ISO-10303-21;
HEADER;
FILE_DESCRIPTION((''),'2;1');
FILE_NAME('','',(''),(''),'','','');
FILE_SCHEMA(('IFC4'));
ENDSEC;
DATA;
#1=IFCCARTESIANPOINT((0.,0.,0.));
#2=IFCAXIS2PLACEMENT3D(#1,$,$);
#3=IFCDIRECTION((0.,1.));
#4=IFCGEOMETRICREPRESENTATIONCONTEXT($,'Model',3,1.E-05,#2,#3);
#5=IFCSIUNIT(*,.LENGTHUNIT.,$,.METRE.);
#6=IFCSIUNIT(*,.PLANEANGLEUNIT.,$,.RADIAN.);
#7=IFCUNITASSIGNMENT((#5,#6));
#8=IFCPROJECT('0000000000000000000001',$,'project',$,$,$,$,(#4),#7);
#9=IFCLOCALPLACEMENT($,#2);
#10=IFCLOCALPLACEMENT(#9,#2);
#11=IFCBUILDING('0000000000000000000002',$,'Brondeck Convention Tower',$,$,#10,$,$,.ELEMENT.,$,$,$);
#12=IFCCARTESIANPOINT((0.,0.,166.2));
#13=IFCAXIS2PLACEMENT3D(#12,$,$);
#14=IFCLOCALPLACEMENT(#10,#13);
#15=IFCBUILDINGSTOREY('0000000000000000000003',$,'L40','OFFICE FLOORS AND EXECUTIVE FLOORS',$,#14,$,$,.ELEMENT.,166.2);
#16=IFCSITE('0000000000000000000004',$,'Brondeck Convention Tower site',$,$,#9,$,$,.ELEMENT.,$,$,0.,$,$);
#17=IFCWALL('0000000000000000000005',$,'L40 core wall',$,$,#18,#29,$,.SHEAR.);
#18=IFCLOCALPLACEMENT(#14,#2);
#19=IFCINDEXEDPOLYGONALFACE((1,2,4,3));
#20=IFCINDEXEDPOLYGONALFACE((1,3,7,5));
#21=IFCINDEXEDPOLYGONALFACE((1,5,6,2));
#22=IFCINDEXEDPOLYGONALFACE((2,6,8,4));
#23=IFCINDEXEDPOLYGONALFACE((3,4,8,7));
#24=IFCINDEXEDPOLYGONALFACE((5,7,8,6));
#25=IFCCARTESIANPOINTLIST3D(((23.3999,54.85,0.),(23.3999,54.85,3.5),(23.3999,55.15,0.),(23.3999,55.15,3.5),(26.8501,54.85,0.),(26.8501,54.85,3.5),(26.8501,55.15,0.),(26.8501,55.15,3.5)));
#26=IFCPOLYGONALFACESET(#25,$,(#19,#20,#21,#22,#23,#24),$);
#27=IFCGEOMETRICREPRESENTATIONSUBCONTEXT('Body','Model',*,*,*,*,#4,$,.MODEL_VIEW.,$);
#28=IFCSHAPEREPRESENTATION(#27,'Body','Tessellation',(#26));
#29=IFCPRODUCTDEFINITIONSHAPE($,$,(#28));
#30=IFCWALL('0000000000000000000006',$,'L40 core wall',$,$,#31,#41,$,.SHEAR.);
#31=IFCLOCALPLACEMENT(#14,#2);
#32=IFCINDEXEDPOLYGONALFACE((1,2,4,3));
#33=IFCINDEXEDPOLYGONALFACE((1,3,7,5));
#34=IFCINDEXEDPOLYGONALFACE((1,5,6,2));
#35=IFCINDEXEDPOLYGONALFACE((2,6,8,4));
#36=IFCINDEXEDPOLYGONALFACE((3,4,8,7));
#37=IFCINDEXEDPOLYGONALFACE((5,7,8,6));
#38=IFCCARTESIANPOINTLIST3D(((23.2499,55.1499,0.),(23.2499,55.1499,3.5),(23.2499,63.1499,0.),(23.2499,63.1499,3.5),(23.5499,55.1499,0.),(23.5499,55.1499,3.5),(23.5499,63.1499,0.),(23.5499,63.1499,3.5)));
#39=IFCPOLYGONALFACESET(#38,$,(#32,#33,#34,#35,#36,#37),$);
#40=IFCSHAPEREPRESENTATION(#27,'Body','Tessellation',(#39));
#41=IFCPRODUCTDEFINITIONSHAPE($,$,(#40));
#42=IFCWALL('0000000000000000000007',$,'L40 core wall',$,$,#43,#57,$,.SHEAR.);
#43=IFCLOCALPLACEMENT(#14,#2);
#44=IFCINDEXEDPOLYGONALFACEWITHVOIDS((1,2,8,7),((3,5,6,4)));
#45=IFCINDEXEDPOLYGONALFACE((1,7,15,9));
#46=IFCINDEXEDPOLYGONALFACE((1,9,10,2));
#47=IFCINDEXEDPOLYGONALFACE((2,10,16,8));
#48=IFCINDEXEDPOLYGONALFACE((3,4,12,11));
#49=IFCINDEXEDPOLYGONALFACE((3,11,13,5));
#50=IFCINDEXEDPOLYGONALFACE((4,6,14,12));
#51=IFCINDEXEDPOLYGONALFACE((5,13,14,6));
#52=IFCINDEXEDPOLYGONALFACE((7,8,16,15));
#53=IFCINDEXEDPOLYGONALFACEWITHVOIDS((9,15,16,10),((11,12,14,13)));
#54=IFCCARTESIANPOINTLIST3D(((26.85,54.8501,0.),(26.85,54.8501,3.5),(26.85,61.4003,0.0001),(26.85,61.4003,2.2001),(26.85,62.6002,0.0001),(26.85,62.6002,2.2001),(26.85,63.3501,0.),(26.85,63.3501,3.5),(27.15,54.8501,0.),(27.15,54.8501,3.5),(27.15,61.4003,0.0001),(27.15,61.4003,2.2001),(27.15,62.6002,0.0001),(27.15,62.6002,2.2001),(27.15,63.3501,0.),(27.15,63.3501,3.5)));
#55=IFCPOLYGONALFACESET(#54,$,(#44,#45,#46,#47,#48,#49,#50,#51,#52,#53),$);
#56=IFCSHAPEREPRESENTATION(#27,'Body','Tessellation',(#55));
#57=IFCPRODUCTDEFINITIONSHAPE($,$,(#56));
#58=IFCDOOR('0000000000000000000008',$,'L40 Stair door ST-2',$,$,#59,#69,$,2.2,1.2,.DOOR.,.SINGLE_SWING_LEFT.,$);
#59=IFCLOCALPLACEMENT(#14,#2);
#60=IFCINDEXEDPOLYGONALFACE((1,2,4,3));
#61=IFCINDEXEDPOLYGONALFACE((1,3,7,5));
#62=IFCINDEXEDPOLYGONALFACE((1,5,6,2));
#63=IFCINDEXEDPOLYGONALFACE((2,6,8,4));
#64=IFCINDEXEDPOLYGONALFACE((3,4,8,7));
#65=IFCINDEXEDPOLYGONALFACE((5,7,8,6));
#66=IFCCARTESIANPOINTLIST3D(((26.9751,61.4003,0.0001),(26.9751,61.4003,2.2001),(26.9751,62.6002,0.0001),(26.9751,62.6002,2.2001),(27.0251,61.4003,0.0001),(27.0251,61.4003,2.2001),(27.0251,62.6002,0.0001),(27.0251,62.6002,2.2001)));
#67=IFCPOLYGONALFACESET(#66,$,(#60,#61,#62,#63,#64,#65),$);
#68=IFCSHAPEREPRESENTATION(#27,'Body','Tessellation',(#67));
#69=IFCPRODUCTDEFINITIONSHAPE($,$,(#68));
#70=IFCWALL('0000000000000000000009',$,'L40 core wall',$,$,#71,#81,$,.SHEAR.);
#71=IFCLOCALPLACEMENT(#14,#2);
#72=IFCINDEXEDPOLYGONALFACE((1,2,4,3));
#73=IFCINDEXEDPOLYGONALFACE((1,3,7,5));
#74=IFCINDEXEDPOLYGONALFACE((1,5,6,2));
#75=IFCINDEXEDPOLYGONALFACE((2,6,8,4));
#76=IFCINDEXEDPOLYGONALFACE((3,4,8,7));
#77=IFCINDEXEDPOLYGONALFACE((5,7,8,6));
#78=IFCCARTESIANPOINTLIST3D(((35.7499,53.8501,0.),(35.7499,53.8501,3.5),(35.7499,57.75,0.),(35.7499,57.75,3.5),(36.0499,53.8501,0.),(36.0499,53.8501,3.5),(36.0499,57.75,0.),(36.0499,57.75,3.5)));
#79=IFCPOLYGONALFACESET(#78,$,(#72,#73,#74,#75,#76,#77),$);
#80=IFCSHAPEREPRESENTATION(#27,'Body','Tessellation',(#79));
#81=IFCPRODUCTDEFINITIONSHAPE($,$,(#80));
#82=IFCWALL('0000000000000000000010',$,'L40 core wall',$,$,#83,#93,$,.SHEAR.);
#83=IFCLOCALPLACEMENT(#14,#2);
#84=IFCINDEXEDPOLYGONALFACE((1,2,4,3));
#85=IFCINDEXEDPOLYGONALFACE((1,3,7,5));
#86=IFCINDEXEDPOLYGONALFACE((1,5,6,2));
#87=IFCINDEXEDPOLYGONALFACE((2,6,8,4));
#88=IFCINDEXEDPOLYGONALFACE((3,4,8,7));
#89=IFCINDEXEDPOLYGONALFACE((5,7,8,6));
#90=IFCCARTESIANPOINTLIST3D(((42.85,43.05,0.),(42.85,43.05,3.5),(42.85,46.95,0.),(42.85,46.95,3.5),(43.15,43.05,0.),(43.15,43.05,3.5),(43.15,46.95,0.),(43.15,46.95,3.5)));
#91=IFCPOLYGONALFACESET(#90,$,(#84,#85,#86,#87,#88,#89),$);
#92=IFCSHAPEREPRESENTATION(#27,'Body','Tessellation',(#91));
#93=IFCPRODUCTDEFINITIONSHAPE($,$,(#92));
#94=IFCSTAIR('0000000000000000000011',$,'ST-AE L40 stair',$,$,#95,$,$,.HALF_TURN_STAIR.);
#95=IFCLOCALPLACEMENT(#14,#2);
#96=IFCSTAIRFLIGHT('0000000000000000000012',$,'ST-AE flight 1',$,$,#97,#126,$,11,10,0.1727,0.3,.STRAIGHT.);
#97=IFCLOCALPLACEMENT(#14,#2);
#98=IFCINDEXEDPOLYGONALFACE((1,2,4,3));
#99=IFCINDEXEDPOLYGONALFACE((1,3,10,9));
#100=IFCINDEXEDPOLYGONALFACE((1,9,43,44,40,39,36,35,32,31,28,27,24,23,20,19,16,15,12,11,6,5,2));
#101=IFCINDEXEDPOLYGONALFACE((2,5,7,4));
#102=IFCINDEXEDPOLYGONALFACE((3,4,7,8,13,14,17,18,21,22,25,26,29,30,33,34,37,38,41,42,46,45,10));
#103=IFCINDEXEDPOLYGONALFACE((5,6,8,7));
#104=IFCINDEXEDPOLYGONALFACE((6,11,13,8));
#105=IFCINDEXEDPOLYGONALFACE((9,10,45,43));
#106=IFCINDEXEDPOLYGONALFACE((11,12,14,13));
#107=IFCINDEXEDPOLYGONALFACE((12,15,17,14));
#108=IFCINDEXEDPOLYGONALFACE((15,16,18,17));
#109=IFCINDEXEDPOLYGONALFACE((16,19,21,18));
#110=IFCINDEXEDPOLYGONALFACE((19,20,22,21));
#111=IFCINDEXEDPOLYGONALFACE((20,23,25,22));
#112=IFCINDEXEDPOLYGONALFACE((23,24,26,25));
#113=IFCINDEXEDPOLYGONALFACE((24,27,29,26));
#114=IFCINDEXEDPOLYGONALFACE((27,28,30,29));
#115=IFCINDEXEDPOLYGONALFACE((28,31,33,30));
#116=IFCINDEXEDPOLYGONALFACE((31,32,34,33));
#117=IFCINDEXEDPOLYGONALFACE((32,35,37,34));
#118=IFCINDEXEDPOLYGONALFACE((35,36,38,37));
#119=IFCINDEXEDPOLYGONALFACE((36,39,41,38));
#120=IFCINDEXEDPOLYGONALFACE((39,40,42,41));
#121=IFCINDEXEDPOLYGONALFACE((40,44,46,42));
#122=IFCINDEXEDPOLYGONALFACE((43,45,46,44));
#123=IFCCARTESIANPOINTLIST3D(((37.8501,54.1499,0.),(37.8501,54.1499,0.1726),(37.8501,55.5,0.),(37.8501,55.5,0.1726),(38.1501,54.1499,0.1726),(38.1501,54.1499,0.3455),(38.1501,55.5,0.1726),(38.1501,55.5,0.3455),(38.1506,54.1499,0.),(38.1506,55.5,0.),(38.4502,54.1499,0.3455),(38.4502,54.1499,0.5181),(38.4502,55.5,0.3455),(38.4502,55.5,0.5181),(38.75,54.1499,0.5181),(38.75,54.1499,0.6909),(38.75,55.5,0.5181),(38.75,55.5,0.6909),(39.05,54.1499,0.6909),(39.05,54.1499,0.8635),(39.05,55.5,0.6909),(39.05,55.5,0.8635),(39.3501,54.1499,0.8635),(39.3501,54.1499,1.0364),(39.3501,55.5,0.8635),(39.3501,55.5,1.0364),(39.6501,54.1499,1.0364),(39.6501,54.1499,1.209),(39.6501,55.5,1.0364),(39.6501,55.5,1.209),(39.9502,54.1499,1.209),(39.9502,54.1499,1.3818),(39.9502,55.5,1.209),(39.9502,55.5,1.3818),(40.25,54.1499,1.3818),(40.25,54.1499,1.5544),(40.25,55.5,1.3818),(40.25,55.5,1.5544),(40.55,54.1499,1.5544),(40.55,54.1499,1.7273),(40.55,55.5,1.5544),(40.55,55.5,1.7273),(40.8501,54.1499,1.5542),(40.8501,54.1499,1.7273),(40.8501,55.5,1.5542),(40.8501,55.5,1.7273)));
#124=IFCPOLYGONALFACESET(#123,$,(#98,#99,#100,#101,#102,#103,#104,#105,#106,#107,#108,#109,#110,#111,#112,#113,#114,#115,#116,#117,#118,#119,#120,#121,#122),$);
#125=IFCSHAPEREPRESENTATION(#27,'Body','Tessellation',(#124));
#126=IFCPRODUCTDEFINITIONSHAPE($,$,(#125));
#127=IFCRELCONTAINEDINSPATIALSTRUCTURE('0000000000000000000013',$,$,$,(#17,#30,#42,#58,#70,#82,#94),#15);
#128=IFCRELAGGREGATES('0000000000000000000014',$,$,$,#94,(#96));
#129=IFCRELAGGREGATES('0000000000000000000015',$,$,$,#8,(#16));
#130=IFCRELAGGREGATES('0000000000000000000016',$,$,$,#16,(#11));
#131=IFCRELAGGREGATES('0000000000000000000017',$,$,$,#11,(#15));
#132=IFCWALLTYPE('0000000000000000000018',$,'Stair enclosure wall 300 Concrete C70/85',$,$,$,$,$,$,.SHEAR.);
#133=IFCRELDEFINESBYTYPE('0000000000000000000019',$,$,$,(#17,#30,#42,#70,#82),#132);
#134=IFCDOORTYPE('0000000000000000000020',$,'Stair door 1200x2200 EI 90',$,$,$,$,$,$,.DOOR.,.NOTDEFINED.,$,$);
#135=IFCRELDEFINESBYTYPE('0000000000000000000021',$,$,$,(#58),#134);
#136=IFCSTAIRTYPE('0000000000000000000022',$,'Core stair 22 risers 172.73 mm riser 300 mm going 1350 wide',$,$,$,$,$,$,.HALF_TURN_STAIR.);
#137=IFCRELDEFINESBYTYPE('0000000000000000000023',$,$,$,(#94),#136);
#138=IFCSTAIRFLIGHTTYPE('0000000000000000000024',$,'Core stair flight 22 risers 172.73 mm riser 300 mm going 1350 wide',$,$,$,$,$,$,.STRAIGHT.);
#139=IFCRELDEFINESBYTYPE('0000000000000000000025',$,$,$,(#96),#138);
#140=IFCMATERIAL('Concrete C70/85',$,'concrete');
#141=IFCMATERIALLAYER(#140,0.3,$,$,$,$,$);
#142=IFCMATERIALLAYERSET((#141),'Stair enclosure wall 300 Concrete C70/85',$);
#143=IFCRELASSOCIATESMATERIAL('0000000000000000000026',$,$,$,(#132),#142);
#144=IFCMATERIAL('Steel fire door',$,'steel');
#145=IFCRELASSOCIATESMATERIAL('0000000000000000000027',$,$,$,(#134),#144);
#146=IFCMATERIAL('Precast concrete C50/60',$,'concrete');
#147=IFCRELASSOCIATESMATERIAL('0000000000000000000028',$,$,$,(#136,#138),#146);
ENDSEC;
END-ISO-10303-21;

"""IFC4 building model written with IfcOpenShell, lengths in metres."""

from ifc_helpers import new_model, si_unit, direction, frame, frame_2d, origin, place, context, subcontext, project, spatial, polyline, rectangle, outline, extrude, material, layer, layer_set, type_object, element, fill, aggregate, save


model = new_model("IFC4")

# Units and contexts
model_context = context("Model", 3, precision=1e-05, world=origin(), true_north=direction((0.0, 1.0)))
body_context = subcontext(model_context, "Body", "Model", "MODEL_VIEW")
ifc_project = project(units=[si_unit("LENGTHUNIT", "METRE"), si_unit("PLANEANGLEUNIT", "RADIAN")], contexts=[model_context])

# Site, building, storey
site_placement = place(None, origin())
site = spatial("IfcSite", under=ifc_project, at=site_placement, Name="Brondeck Convention Tower site", CompositionType="ELEMENT", RefElevation=0.0)
building_placement = place(site_placement, origin())
building = spatial("IfcBuilding", under=site, at=building_placement, Name="Brondeck Convention Tower", CompositionType="ELEMENT")
storey_placement = place(building_placement, frame((0.0, 0.0, 166.2)))
storey = spatial("IfcBuildingStorey", under=building, at=storey_placement, Name="L40", Description="OFFICE FLOORS AND EXECUTIVE FLOORS", CompositionType="ELEMENT", Elevation=166.2)

# Shared definitions
ifc_material_1 = material(Name="Concrete C70/85", Category="concrete")

# Shared definitions
ifc_layer_1 = layer(ifc_material_1, 0.3)
ifc_layer_set_1 = layer_set([ifc_layer_1], Name="Stair enclosure wall 300 Concrete C70/85")
wall_type_1 = type_object("IfcWallType", Name="Stair enclosure wall 300 Concrete C70/85", PredefinedType="SHEAR", material=ifc_layer_set_1)
ifc_material_2 = material(Name="Steel fire door", Category="steel")
door_type_1 = type_object("IfcDoorType", Name="Stair door 1200x2200 EI 90", OperationType="NOTDEFINED", PredefinedType="DOOR", material=ifc_material_2)

# Walls
wall_1_placement = place(storey_placement, frame((23.3999, 55.0, 0.0), z_axis=(0.0, 0.0, 1.0), x_axis=(1.0, 0.0, 0.0)))
element("IfcWall", 1, at=wall_1_placement, inside=storey, type_object=wall_type_1, Name="L40 core wall", PredefinedType="SHEAR", context=body_context, shape_type="SweptSolid", body=[
    extrude(rectangle(XDim=3.4502, YDim=0.3, at=frame_2d((1.7251, 0.0))), origin(), (0.0, 0.0, 1.0), 3.5),
])
wall_2_placement = place(storey_placement, frame((23.3999, 55.1499, 0.0), z_axis=(0.0, 0.0, 1.0), x_axis=(0.0, 1.0, 0.0)))
element("IfcWall", 2, at=wall_2_placement, inside=storey, type_object=wall_type_1, Name="L40 core wall", PredefinedType="SHEAR", context=body_context, shape_type="SweptSolid", body=[
    extrude(rectangle(XDim=8.0, YDim=0.3, at=frame_2d((4.0, 0.0))), origin(), (0.0, 0.0, 1.0), 3.5),
])

# Wall, opening, door
wall_3_placement = place(storey_placement, frame((27.0, 54.8501, 0.0), z_axis=(0.0, 0.0, 1.0), x_axis=(0.0, 1.0, 0.0)))
wall_3 = element("IfcWall", 3, at=wall_3_placement, inside=storey, type_object=wall_type_1, Name="L40 core wall", PredefinedType="SHEAR", context=body_context, shape_type="SweptSolid", body=[
    extrude(rectangle(XDim=8.5, YDim=0.3, at=frame_2d((4.25, 0.0))), origin(), (0.0, 0.0, 1.0), 3.5),
])
opening_1_placement = place(wall_3_placement, frame((6.55, 0.0, 0.0)))
opening_1 = element("IfcOpeningElement", 4, at=opening_1_placement, cuts=wall_3, PredefinedType="OPENING", context=body_context, shape_type="SweptSolid", body=[
    extrude(rectangle(XDim=1.2, YDim=2.2, at=frame_2d((0.6001, 1.1001))), frame((0.0, 0.1599, 0.0), z_axis=(0.0, -1.0, 0.0), x_axis=(1.0, 0.0, 0.0)), (0.0, 0.0, 1.0), 0.3201),
])
door_1_placement = place(opening_1_placement, origin())
door_1 = element("IfcDoor", 5, at=door_1_placement, inside=storey, type_object=door_type_1, Name="L40 Stair door ST-2", OperationType="SINGLE_SWING_LEFT", OverallHeight=2.2, OverallWidth=1.2, PredefinedType="DOOR", context=body_context, shape_type="SweptSolid", body=[
    extrude(rectangle(XDim=1.2, YDim=2.2, at=frame_2d((0.6001, 1.1001))), frame((0.0, 0.0249, 0.0), z_axis=(0.0, -1.0, 0.0), x_axis=(1.0, 0.0, 0.0)), (0.0, 0.0, 1.0), 0.05),
])
fill(opening_1, door_1)

# Walls
for number, where, z_axis, x_axis, name in (
    (6, (35.8999, 53.8501, 0.0), (0.0, 0.0, 1.0), (0.0, 1.0, 0.0), "L40 core wall"),
    (7, (43.0, 43.05, 0.0), (0.0, 0.0, 1.0), (0.0, 1.0, 0.0), "L40 core wall"),
):
    element("IfcWall", number, at=place(storey_placement, frame(where, z_axis=z_axis, x_axis=x_axis)), inside=storey, type_object=wall_type_1, Name=name, PredefinedType="SHEAR", context=body_context, shape_type="SweptSolid", body=[
        extrude(rectangle(XDim=3.8999, YDim=0.3, at=frame_2d((1.95, 0.0))), origin(), (0.0, 0.0, 1.0), 3.5),
    ])

# Stair, stair flight
ifc_material_3 = material(Name="Precast concrete C50/60", Category="concrete")
stair_type = type_object("IfcStairType", Name="Core stair 22 risers 172.73 mm riser 300 mm going 1350 wide", PredefinedType="HALF_TURN_STAIR", material=ifc_material_3)
stair_placement = place(storey_placement, origin())
stair = element("IfcStair", 8, at=stair_placement, inside=storey, type_object=stair_type, Name="ST-AE L40 stair", PredefinedType="HALF_TURN_STAIR")
stair_flight_type = type_object("IfcStairFlightType", Name="Core stair flight 22 risers 172.73 mm riser 300 mm going 1350 wide", PredefinedType="STRAIGHT", material=ifc_material_3)
stair_flight_placement = place(storey_placement, frame((37.8501, 54.825, 0.0), z_axis=(0.0, 0.0, 1.0), x_axis=(1.0, 0.0, 0.0)))
stair_flight = element("IfcStairFlight", 9, at=stair_flight_placement, type_object=stair_flight_type, Name="ST-AE flight 1", NumberOfRisers=11, NumberOfTreads=10, PredefinedType="STRAIGHT", RiserHeight=0.1727, TreadLength=0.3, context=body_context, shape_type="SweptSolid", body=[
    extrude(outline(polyline([(0.0, 0.0), (0.0, 0.1726), (0.3, 0.1726), (0.3, 0.3455), (0.6001, 0.3455), (0.6001, 0.5181), (0.8999, 0.5181), (0.8999, 0.6909), (1.2, 0.6909), (1.2, 0.8635), (1.5, 0.8635), (1.5, 1.0364), (1.8, 1.0364), (1.8, 1.209), (2.1001, 1.209), (2.1001, 1.3818), (2.3999, 1.3818), (2.3999, 1.5544), (2.7, 1.5544), (2.7, 1.7273), (3.0, 1.7273), (3.0, 1.8999), (3.0, 1.5542), (0.3005, 0.0), (0.0, 0.0)])), frame((0.0, 0.675, 0.0), z_axis=(0.0, -1.0, 0.0), x_axis=(1.0, 0.0, 0.0)), (0.0, 0.0, 1.0), 1.3501),
])
aggregate(stair, [stair_flight])

save(model, "model.ifc")
